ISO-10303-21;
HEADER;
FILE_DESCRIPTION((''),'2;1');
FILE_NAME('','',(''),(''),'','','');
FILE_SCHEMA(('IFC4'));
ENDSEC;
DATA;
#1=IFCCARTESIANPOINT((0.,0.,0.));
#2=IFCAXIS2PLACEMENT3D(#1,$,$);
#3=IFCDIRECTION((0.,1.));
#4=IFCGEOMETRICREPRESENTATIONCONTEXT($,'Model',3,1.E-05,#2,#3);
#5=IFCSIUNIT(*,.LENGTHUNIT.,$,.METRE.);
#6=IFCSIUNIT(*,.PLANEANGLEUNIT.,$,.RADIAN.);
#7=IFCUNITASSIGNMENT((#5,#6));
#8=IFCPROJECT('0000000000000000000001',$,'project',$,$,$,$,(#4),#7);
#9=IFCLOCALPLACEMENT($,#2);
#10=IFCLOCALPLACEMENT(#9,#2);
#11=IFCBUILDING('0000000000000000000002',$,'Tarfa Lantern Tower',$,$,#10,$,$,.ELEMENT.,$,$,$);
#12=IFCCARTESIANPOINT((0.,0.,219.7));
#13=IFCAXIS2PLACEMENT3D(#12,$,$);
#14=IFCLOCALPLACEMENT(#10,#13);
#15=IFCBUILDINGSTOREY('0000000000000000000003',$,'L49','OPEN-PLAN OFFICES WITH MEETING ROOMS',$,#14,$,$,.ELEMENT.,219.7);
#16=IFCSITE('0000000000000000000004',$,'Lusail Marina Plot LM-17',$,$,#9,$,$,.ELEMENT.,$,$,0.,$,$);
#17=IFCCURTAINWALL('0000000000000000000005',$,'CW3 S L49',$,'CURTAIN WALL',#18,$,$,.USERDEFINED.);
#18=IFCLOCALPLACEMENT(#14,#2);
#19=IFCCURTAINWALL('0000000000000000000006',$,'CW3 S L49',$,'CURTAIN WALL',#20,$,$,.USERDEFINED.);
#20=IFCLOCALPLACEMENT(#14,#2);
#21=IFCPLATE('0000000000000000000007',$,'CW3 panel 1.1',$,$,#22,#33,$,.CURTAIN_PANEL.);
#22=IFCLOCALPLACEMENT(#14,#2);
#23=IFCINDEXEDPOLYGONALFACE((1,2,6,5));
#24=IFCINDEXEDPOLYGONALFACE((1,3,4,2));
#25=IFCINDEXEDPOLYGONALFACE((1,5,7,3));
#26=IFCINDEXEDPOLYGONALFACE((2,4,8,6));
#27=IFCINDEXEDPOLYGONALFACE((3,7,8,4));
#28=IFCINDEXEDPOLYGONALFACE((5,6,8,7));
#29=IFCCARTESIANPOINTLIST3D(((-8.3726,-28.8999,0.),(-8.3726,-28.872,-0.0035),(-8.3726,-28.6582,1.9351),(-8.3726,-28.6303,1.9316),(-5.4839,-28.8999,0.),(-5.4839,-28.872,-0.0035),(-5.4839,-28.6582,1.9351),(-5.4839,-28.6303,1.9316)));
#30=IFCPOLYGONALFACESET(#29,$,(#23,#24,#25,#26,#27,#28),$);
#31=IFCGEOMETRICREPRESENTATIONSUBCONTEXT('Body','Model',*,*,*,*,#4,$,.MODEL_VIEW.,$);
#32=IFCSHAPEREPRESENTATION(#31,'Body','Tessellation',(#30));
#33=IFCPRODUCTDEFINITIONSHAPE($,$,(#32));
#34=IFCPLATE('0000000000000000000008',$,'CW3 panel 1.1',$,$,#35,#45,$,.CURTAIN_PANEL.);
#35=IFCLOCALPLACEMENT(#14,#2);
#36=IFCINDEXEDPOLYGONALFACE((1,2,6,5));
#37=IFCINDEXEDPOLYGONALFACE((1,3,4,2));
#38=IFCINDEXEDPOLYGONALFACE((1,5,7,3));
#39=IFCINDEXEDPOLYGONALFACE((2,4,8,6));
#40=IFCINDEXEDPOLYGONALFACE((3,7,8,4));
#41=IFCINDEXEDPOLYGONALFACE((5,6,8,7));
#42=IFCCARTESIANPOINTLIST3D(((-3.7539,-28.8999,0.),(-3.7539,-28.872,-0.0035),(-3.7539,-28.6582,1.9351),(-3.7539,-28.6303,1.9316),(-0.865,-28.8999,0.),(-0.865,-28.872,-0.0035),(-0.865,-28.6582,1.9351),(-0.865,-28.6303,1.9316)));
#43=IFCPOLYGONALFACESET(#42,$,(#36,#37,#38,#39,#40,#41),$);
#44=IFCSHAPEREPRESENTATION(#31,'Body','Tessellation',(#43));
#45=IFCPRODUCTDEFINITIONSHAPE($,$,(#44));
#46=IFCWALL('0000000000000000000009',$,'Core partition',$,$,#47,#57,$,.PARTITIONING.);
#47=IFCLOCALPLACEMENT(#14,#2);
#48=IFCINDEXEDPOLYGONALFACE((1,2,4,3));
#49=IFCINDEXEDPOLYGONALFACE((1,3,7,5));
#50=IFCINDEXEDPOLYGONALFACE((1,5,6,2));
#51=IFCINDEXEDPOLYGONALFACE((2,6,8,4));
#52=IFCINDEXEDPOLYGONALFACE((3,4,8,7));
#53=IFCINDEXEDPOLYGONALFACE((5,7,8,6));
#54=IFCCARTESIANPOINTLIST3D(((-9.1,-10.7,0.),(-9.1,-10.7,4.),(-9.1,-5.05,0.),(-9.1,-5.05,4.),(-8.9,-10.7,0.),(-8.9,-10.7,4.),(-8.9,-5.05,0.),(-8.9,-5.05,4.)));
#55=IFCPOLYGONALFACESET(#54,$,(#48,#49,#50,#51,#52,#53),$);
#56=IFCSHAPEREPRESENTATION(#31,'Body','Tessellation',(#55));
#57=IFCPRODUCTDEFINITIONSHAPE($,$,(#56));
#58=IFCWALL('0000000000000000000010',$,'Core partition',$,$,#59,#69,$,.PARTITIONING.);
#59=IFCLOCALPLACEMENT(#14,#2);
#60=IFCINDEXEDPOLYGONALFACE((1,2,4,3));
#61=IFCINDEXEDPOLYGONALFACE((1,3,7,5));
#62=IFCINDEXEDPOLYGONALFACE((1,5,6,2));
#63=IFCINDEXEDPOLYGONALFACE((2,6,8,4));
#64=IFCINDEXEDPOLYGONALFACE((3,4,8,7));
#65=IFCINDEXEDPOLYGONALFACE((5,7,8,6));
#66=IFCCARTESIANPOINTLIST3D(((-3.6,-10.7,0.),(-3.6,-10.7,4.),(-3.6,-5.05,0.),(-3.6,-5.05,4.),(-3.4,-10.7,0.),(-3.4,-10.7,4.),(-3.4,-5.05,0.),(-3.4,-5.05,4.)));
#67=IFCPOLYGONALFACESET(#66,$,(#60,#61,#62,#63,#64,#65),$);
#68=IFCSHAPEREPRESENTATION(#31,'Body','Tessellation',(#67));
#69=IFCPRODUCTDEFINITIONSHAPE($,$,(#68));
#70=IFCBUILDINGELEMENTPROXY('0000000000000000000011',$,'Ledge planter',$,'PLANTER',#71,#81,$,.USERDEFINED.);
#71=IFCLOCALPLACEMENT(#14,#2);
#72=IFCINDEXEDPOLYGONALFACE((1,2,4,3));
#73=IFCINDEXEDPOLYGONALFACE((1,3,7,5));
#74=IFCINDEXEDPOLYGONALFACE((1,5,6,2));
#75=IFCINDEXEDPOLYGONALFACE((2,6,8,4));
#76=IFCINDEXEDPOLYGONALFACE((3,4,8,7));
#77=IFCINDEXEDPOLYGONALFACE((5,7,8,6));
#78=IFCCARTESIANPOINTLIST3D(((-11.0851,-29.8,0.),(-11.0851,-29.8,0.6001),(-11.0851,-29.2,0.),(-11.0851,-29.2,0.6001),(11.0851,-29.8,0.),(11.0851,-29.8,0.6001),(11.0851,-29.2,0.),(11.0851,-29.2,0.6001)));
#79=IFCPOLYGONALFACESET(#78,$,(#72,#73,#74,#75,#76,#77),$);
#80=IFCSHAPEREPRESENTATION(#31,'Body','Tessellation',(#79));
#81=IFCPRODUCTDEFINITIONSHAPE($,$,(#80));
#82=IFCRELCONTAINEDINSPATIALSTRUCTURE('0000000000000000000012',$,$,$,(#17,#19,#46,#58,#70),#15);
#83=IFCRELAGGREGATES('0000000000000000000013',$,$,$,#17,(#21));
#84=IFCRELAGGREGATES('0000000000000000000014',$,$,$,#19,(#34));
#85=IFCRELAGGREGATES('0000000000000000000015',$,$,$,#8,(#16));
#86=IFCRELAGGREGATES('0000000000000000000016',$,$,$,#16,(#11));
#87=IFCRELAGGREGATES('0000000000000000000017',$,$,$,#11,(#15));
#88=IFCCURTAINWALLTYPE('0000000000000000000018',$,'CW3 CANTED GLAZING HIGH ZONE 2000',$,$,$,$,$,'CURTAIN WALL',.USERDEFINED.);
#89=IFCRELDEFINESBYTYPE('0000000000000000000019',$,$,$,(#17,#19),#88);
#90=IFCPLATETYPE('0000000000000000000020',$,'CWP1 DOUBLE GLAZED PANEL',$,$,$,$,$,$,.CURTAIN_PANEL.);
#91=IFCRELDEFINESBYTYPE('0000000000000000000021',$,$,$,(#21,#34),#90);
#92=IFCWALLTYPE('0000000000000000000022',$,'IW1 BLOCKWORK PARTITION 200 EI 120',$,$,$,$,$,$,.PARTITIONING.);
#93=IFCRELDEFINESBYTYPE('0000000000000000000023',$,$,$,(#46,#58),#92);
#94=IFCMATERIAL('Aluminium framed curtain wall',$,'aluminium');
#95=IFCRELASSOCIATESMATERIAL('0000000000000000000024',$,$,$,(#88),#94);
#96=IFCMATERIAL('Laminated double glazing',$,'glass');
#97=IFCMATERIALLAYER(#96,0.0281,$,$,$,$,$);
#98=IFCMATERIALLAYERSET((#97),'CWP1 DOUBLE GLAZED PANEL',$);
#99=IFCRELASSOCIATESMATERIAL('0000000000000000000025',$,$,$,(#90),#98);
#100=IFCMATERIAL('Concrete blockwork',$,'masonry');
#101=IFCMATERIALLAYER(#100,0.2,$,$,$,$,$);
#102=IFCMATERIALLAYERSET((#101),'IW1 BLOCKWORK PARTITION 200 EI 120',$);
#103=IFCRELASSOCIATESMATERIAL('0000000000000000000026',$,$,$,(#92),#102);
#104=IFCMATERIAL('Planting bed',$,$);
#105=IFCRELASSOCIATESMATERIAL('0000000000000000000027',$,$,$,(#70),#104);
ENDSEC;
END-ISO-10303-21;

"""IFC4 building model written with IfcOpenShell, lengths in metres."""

from ifc_helpers import new_model, si_unit, direction, frame, frame_2d, origin, origin_2d, place, context, subcontext, project, spatial, polyline, rectangle, outline, extrude, material, layer, layer_set, type_object, element, aggregate, save


model = new_model("IFC4")

# Units and contexts
model_context = context("Model", 3, precision=1e-05, world=origin(), true_north=direction((0.0, 1.0)))
body_context = subcontext(model_context, "Body", "Model", "MODEL_VIEW")
ifc_project = project(units=[si_unit("LENGTHUNIT", "METRE"), si_unit("PLANEANGLEUNIT", "RADIAN")], contexts=[model_context])

# Site, building, storey
site_placement = place(None, origin())
site = spatial("IfcSite", under=ifc_project, at=site_placement, Name="Lusail Marina Plot LM-17", CompositionType="ELEMENT", RefElevation=0.0)
building_placement = place(site_placement, origin())
building = spatial("IfcBuilding", under=site, at=building_placement, Name="Tarfa Lantern Tower", CompositionType="ELEMENT")
storey_placement = place(building_placement, frame((0.0, 0.0, 219.7)))
storey = spatial("IfcBuildingStorey", under=building, at=storey_placement, Name="L49", Description="OPEN-PLAN OFFICES WITH MEETING ROOMS", CompositionType="ELEMENT", Elevation=219.7)

# Curtain walls
ifc_material_1 = material(Name="Aluminium framed curtain wall", Category="aluminium")
curtain_wall_type = type_object("IfcCurtainWallType", Name="CW3 CANTED GLAZING HIGH ZONE 2000", ElementType="CURTAIN WALL", PredefinedType="USERDEFINED", material=ifc_material_1)
curtain_wall_1_placement = place(storey_placement, origin())
curtain_wall_1 = element("IfcCurtainWall", 1, at=curtain_wall_1_placement, inside=storey, type_object=curtain_wall_type, Name="CW3 S L49", ObjectType="CURTAIN WALL", PredefinedType="USERDEFINED")
curtain_wall_2_placement = place(storey_placement, origin())
curtain_wall_2 = element("IfcCurtainWall", 2, at=curtain_wall_2_placement, inside=storey, type_object=curtain_wall_type, Name="CW3 S L49", ObjectType="CURTAIN WALL", PredefinedType="USERDEFINED")

# Plates
ifc_material_2 = material(Name="Laminated double glazing", Category="glass")
ifc_layer_1 = layer(ifc_material_2, 0.0281)
ifc_layer_set_1 = layer_set([ifc_layer_1], Name="CWP1 DOUBLE GLAZED PANEL")
plate_type = type_object("IfcPlateType", Name="CWP1 DOUBLE GLAZED PANEL", PredefinedType="CURTAIN_PANEL", material=ifc_layer_set_1)
plate_1_placement = place(storey_placement, frame((-8.3726, -28.8999, 0.0), z_axis=(0.0, -0.992289, 0.123942), x_axis=(1.0, 0.0, 0.0)))
plate_1 = element("IfcPlate", 3, at=plate_1_placement, type_object=plate_type, Name="CW3 panel 1.1", PredefinedType="CURTAIN_PANEL", context=body_context, shape_type="SweptSolid", body=[
    extrude(outline(polyline([(0.0, 0.0), (2.8887, 0.0), (2.8887, 1.9501), (0.0, 1.9501), (0.0, 0.0)])), origin(), (0.0, 0.0, -1.0), 0.0281),
])
aggregate(curtain_wall_1, [plate_1])
plate_2_placement = place(storey_placement, frame((-3.7539, -28.8999, 0.0), z_axis=(0.0, -0.992289, 0.123942), x_axis=(1.0, 0.0, 0.0)))
plate_2 = element("IfcPlate", 4, at=plate_2_placement, type_object=plate_type, Name="CW3 panel 1.1", PredefinedType="CURTAIN_PANEL", context=body_context, shape_type="SweptSolid", body=[
    extrude(outline(polyline([(0.0, 0.0), (2.8889, 0.0), (2.8889, 1.9501), (0.0, 1.9501), (0.0, 0.0)])), origin(), (0.0, 0.0, -1.0), 0.0281),
])
aggregate(curtain_wall_2, [plate_2])

# Walls
ifc_material_3 = material(Name="Concrete blockwork", Category="masonry")
ifc_layer_2 = layer(ifc_material_3, 0.2)
ifc_layer_set_2 = layer_set([ifc_layer_2], Name="IW1 BLOCKWORK PARTITION 200 EI 120")
wall_type = type_object("IfcWallType", Name="IW1 BLOCKWORK PARTITION 200 EI 120", PredefinedType="PARTITIONING", material=ifc_layer_set_2)
for number, where, z_axis, x_axis, name in (
    (5, (-9.0, -5.05, 0.0), (0.0, 0.0, 1.0), (0.0, -1.0, 0.0), "Core partition"),
    (6, (-3.5, -5.05, 0.0), (0.0, 0.0, 1.0), (0.0, -1.0, 0.0), "Core partition"),
):
    element("IfcWall", number, at=place(storey_placement, frame(where, z_axis=z_axis, x_axis=x_axis)), inside=storey, type_object=wall_type, Name=name, PredefinedType="PARTITIONING", context=body_context, shape_type="SweptSolid", body=[
        extrude(rectangle(XDim=5.6499, YDim=0.2, at=frame_2d((2.825, 0.0))), origin(), (0.0, 0.0, 1.0), 4.0),
    ])

# Building element proxy
ifc_material_4 = material(Name="Planting bed")
proxy_placement = place(storey_placement, frame((0.0, -29.5, 0.0), z_axis=(0.0, 0.0, 1.0), x_axis=(1.0, 0.0, 0.0)))
element("IfcBuildingElementProxy", 7, at=proxy_placement, inside=storey, material=ifc_material_4, Name="Ledge planter", ObjectType="PLANTER", PredefinedType="USERDEFINED", context=body_context, shape_type="SweptSolid", body=[
    extrude(rectangle(XDim=22.1702, YDim=0.6001, at=origin_2d()), origin(), (0.0, 0.0, 1.0), 0.6001),
])

save(model, "model.ifc")
